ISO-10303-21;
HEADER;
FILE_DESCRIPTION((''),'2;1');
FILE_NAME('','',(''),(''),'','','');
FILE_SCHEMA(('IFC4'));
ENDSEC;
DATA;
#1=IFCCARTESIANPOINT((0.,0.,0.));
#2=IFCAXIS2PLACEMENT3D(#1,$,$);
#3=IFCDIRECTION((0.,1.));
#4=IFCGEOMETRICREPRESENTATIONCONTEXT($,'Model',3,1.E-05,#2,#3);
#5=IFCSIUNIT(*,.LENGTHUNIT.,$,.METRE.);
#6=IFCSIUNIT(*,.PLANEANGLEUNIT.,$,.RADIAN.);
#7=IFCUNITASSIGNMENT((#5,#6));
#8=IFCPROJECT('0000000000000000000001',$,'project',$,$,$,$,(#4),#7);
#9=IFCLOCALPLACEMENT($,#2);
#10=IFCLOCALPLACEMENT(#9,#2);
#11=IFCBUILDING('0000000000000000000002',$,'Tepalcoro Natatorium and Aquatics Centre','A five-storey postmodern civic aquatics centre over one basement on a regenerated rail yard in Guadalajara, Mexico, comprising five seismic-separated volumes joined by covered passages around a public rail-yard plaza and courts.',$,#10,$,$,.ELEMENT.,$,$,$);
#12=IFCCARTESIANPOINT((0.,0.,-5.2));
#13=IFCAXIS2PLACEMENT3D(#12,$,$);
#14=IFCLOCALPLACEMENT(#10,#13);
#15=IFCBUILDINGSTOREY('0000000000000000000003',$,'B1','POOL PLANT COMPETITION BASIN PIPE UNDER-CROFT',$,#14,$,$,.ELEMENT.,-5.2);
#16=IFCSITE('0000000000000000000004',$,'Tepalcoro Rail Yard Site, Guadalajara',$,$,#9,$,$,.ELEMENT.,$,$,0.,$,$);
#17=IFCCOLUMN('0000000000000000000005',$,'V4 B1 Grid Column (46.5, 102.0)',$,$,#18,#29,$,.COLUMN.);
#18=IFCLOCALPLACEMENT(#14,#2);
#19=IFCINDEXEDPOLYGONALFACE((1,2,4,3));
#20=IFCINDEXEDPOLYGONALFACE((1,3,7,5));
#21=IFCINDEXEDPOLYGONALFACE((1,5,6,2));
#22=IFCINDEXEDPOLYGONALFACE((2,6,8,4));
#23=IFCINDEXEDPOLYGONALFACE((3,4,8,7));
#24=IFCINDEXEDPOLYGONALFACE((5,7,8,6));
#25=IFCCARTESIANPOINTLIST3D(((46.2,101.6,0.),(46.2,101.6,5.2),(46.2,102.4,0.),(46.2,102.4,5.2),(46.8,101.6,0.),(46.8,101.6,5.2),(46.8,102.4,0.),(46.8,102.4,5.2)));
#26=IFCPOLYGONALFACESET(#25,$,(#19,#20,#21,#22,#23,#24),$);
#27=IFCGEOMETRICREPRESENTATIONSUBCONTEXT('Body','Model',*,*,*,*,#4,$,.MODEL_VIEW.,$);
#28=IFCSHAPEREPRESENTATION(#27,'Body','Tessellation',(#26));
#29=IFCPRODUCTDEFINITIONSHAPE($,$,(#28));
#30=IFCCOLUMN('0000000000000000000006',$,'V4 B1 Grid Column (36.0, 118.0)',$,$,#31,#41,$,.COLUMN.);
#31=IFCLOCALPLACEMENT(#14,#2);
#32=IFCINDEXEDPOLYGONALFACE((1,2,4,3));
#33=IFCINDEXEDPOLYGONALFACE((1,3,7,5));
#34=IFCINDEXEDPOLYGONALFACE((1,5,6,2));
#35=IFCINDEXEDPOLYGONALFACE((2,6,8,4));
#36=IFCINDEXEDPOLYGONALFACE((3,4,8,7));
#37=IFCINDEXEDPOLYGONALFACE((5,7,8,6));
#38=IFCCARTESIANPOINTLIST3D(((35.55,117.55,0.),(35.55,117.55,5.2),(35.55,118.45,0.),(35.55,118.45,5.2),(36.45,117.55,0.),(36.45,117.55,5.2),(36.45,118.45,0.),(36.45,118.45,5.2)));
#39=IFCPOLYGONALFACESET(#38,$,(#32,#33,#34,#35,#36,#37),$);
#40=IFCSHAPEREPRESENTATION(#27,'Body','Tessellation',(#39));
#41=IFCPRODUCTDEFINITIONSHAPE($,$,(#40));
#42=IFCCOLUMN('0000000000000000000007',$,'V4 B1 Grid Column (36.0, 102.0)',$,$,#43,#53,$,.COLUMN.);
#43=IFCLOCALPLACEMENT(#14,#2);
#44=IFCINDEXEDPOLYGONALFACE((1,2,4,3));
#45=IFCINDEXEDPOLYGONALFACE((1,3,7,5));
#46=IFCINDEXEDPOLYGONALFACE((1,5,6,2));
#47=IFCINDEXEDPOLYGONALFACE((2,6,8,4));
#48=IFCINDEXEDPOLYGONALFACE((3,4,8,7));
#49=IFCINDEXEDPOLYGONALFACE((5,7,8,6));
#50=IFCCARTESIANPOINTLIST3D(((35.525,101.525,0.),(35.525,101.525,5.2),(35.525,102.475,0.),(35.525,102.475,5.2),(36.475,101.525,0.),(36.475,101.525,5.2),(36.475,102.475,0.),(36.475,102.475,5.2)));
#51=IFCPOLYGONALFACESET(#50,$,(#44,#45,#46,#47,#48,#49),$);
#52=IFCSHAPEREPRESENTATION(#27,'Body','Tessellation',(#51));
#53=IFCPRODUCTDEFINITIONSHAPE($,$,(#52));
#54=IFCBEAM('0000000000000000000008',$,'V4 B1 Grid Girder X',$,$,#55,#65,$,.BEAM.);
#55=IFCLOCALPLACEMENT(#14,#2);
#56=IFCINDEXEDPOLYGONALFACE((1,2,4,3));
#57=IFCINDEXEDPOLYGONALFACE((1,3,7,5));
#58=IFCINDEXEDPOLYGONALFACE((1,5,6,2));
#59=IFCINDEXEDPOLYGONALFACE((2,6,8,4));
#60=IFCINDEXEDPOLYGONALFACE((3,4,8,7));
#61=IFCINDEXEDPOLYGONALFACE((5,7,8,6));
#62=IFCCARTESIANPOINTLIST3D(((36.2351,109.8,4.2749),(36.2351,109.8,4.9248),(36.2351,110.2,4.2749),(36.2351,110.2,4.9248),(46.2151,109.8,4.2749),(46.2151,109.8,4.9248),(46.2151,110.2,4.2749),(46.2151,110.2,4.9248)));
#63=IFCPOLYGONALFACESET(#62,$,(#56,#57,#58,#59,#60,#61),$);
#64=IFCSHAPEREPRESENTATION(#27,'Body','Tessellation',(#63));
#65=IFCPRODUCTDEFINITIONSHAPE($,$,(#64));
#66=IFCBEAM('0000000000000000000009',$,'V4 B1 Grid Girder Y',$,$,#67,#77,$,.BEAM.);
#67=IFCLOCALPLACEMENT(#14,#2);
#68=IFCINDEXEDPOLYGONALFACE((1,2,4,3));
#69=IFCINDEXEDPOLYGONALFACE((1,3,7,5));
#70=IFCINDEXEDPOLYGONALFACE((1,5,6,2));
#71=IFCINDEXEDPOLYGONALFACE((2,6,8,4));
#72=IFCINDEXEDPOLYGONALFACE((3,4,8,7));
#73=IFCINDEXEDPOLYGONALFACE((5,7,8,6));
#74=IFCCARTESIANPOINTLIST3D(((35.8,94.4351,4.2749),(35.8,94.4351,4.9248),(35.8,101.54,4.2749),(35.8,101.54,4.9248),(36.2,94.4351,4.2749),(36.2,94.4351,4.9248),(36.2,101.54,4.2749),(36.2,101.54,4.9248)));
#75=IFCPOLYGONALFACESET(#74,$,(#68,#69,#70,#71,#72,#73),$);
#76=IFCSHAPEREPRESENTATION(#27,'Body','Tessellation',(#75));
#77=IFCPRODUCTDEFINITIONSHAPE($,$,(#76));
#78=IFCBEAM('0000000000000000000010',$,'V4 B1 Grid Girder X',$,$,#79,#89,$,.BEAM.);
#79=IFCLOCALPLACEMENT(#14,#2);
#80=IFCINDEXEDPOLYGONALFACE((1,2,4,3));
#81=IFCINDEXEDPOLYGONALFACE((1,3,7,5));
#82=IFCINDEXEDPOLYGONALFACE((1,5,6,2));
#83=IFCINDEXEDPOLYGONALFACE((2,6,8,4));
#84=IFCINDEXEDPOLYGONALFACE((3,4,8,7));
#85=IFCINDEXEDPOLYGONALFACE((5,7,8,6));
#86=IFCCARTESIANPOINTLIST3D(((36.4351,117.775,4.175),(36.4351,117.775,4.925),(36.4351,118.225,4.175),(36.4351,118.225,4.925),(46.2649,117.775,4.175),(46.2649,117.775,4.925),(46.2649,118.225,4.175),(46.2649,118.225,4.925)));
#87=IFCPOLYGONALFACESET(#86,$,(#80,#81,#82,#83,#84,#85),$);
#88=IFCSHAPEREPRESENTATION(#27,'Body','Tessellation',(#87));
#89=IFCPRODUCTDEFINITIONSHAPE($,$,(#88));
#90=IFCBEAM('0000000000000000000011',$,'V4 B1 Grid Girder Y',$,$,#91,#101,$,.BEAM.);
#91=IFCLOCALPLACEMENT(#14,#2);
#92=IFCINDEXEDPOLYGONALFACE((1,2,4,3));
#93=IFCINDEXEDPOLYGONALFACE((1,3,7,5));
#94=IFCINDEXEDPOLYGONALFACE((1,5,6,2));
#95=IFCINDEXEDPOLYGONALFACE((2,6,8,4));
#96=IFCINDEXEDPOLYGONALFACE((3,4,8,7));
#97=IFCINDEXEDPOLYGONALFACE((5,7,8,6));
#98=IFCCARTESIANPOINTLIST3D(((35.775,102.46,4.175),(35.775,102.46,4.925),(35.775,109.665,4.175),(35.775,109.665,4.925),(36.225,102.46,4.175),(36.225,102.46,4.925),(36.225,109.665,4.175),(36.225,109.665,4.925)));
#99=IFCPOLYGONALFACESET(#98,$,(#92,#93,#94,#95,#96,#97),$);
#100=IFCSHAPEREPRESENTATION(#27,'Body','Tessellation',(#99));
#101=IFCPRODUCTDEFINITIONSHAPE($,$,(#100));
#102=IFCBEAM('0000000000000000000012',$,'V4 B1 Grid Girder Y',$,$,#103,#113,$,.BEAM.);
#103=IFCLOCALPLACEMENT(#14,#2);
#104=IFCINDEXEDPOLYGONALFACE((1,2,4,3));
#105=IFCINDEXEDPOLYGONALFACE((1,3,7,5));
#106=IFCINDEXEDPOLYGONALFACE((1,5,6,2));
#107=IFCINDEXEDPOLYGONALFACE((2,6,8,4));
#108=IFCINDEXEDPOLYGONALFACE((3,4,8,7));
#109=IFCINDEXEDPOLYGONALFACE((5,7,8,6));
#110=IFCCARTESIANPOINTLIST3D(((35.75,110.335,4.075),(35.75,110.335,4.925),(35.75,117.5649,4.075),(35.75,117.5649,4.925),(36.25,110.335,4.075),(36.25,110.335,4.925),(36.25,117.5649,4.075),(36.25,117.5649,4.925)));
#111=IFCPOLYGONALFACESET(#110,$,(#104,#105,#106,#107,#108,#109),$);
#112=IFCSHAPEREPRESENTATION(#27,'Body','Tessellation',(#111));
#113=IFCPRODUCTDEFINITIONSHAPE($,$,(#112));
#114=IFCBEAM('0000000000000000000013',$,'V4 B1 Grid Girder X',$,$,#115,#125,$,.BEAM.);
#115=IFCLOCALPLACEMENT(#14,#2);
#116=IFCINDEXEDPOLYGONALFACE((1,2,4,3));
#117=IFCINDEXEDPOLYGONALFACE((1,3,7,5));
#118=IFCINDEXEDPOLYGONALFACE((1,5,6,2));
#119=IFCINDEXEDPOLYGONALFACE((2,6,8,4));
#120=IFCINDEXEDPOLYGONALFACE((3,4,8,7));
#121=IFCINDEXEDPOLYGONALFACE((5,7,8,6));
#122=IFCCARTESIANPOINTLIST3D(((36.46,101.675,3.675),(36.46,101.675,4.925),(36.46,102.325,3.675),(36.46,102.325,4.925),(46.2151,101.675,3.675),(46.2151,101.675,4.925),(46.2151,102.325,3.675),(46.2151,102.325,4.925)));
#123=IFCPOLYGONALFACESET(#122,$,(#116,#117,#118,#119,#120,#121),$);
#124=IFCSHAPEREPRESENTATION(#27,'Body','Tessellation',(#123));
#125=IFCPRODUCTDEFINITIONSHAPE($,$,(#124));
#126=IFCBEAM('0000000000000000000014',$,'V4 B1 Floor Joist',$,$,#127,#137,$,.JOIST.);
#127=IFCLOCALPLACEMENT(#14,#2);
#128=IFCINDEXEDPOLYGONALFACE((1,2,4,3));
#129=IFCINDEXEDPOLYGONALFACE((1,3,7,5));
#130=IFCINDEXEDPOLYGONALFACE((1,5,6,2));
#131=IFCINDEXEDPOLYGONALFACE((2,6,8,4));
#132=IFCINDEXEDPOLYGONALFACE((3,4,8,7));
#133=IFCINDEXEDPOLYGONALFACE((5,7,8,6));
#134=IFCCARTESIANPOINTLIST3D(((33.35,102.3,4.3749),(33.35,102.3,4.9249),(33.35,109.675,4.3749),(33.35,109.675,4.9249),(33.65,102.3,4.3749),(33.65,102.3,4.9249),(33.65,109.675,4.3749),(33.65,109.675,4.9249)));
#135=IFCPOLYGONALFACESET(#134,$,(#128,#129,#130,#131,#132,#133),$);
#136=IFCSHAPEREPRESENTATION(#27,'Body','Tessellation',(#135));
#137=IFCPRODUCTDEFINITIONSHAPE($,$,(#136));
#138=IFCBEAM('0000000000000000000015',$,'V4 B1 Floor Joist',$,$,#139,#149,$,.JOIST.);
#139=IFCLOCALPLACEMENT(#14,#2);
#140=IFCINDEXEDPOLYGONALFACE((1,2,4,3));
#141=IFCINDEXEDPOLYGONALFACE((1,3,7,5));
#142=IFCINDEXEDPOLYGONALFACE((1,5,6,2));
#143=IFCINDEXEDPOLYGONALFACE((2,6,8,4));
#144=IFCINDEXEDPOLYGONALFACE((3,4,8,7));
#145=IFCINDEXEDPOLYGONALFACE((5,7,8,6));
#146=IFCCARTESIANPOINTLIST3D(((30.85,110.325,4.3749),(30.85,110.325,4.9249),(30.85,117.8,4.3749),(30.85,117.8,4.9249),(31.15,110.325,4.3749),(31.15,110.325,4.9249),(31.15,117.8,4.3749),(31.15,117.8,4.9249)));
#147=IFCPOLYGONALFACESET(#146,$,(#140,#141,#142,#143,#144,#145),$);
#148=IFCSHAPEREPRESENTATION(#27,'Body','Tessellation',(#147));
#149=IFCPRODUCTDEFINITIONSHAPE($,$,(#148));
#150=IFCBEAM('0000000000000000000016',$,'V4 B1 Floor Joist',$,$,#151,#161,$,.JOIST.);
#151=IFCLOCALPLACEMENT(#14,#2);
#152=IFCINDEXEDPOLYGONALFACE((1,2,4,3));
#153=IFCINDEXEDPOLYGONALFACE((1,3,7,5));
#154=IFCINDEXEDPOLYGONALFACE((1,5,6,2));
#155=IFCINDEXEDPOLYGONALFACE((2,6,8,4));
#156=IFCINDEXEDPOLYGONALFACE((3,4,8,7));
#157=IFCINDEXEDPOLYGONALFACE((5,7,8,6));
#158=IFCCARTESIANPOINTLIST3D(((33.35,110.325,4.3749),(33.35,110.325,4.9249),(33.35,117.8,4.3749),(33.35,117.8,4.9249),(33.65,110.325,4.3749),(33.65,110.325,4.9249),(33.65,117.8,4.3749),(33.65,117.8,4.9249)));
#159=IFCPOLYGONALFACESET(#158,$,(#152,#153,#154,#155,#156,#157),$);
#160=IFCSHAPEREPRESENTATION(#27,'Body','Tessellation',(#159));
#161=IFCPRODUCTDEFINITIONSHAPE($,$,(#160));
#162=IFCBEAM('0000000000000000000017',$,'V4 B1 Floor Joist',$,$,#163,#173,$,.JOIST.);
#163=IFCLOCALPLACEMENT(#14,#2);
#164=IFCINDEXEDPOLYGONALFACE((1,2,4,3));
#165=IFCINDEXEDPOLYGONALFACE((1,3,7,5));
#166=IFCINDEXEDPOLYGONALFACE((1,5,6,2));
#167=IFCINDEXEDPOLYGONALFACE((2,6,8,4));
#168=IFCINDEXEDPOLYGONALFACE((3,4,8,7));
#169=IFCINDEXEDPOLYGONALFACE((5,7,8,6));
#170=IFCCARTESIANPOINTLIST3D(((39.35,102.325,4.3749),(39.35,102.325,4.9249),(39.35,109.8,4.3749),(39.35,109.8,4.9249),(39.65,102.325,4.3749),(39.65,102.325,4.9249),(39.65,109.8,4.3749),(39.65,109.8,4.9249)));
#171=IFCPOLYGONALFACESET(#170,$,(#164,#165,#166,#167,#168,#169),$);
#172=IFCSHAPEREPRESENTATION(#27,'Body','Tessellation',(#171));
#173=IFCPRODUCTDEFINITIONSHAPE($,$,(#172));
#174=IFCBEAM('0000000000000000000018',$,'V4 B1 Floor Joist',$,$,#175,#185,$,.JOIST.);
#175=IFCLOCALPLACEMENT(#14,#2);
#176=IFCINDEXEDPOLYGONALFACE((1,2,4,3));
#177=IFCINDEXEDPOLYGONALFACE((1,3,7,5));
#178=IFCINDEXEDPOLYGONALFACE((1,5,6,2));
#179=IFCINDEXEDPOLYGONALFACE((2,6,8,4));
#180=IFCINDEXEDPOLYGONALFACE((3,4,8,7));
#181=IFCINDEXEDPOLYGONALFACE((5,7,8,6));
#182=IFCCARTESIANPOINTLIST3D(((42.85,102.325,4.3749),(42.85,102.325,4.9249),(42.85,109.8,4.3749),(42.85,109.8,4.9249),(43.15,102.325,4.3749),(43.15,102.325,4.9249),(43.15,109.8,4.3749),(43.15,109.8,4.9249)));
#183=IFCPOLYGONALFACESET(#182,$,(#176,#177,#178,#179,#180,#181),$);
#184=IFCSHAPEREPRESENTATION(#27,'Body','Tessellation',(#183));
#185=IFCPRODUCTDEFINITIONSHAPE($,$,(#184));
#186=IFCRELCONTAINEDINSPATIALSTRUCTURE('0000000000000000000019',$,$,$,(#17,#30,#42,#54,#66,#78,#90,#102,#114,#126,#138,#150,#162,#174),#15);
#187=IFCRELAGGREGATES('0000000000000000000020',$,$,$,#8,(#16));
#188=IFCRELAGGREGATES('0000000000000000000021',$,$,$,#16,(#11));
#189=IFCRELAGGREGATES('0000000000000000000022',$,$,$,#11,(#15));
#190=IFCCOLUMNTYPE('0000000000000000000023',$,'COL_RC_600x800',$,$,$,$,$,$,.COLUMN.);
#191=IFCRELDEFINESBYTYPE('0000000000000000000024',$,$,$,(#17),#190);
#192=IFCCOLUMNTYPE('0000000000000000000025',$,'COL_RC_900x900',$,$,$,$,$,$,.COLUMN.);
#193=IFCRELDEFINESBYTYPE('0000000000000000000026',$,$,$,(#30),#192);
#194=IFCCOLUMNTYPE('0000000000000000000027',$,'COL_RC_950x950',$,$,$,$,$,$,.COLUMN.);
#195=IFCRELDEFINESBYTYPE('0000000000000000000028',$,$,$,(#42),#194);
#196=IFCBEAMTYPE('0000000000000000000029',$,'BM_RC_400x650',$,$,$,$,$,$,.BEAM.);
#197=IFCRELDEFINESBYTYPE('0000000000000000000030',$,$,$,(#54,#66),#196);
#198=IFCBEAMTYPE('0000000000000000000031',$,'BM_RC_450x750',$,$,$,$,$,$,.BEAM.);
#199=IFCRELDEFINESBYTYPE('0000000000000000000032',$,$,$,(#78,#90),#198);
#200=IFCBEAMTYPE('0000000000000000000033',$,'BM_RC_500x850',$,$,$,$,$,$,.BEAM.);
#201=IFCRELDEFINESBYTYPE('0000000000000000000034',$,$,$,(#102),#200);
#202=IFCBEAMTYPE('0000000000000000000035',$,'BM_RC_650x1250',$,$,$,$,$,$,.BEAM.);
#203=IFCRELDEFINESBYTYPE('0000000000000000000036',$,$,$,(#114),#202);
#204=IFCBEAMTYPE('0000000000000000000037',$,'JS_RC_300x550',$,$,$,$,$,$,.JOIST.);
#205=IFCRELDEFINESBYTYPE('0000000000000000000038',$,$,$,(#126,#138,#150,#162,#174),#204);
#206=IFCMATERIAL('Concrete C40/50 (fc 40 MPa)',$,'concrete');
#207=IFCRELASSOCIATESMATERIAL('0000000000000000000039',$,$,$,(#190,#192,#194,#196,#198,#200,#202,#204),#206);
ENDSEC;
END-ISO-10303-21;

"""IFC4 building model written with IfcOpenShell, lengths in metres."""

from ifc_helpers import new_model, si_unit, direction, frame, origin, origin_2d, place, context, subcontext, project, spatial, rectangle, extrude, material, material_profile, profile_set, type_object, element, save


model = new_model("IFC4")

# Units and contexts
model_context = context("Model", 3, precision=1e-05, world=origin(), true_north=direction((0.0, 1.0)))
body_context = subcontext(model_context, "Body", "Model", "MODEL_VIEW")
ifc_project = project(units=[si_unit("LENGTHUNIT", "METRE"), si_unit("PLANEANGLEUNIT", "RADIAN")], contexts=[model_context])

# Site, building, storey
site_placement = place(None, origin())
site = spatial("IfcSite", under=ifc_project, at=site_placement, Name="Tepalcoro Rail Yard Site, Guadalajara", CompositionType="ELEMENT", RefElevation=0.0)
building_placement = place(site_placement, origin())
building = spatial("IfcBuilding", under=site, at=building_placement, Name="Tepalcoro Natatorium and Aquatics Centre", Description="A five-storey postmodern civic aquatics centre over one basement on a regenerated rail yard in Guadalajara, Mexico, comprising five seismic-separated volumes joined by covered passages around a public rail-yard plaza and courts.", CompositionType="ELEMENT")
storey_placement = place(building_placement, frame((0.0, 0.0, -5.2)))
storey = spatial("IfcBuildingStorey", under=building, at=storey_placement, Name="B1", Description="POOL PLANT COMPETITION BASIN PIPE UNDER-CROFT", CompositionType="ELEMENT", Elevation=-5.2)

# Shared definitions
ifc_material_1 = material(Name="Concrete C40/50 (fc 40 MPa)", Category="concrete")

# Columns
ifc_material_profile_1 = material_profile(ifc_material_1, rectangle(XDim=0.6001, YDim=0.8, at=origin_2d()), Name="RC600x800")
ifc_profile_set_1 = profile_set([ifc_material_profile_1], Name="Concrete C40/50 (fc 40 MPa)")
column_type_1 = type_object("IfcColumnType", Name="COL_RC_600x800", PredefinedType="COLUMN", material=ifc_profile_set_1)
column_1_placement = place(storey_placement, frame((46.5, 102.0, 0.0), z_axis=(0.0, 0.0, 1.0), x_axis=(1.0, 0.0, 0.0)))
element("IfcColumn", 1, at=column_1_placement, inside=storey, type_object=column_type_1, Name="V4 B1 Grid Column (46.5, 102.0)", PredefinedType="COLUMN", context=body_context, shape_type="SweptSolid", body=[
    extrude(rectangle(XDim=0.6001, YDim=0.8, at=origin_2d()), origin(), (0.0, 0.0, 1.0), 5.2),
])
ifc_material_profile_2 = material_profile(ifc_material_1, rectangle(XDim=0.8999, YDim=0.8999, at=origin_2d()), Name="RC900x900")
ifc_profile_set_2 = profile_set([ifc_material_profile_2], Name="Concrete C40/50 (fc 40 MPa)")
column_type_2 = type_object("IfcColumnType", Name="COL_RC_900x900", PredefinedType="COLUMN", material=ifc_profile_set_2)
column_2_placement = place(storey_placement, frame((36.0, 118.0, 0.0), z_axis=(0.0, 0.0, 1.0), x_axis=(1.0, 0.0, 0.0)))
element("IfcColumn", 2, at=column_2_placement, inside=storey, type_object=column_type_2, Name="V4 B1 Grid Column (36.0, 118.0)", PredefinedType="COLUMN", context=body_context, shape_type="SweptSolid", body=[
    extrude(rectangle(XDim=0.8999, YDim=0.8999, at=origin_2d()), origin(), (0.0, 0.0, 1.0), 5.2),
])
ifc_material_profile_3 = material_profile(ifc_material_1, rectangle(XDim=0.95, YDim=0.95, at=origin_2d()), Name="RC950x950")
ifc_profile_set_3 = profile_set([ifc_material_profile_3], Name="Concrete C40/50 (fc 40 MPa)")
column_type_3 = type_object("IfcColumnType", Name="COL_RC_950x950", PredefinedType="COLUMN", material=ifc_profile_set_3)
column_3_placement = place(storey_placement, frame((36.0, 102.0, 0.0), z_axis=(0.0, 0.0, 1.0), x_axis=(1.0, 0.0, 0.0)))
element("IfcColumn", 3, at=column_3_placement, inside=storey, type_object=column_type_3, Name="V4 B1 Grid Column (36.0, 102.0)", PredefinedType="COLUMN", context=body_context, shape_type="SweptSolid", body=[
    extrude(rectangle(XDim=0.95, YDim=0.95, at=origin_2d()), origin(), (0.0, 0.0, 1.0), 5.2),
])

# Beams
ifc_material_profile_4 = material_profile(ifc_material_1, rectangle(XDim=0.3999, YDim=0.6499, at=origin_2d()), Name="RCB400x650")
ifc_profile_set_4 = profile_set([ifc_material_profile_4], Name="Concrete C40/50 (fc 40 MPa)")
beam_type_1 = type_object("IfcBeamType", Name="BM_RC_400x650", PredefinedType="BEAM", material=ifc_profile_set_4)
beam_1_placement = place(storey_placement, frame((36.2351, 110.0, 4.5999), z_axis=(1.0, 0.0, 0.0), x_axis=(0.0, 1.0, 0.0)))
element("IfcBeam", 4, at=beam_1_placement, inside=storey, type_object=beam_type_1, Name="V4 B1 Grid Girder X", PredefinedType="BEAM", context=body_context, shape_type="SweptSolid", body=[
    extrude(rectangle(XDim=0.3999, YDim=0.6499, at=origin_2d()), origin(), (0.0, 0.0, 1.0), 9.98),
])
beam_2_placement = place(storey_placement, frame((36.0, 94.4351, 4.5999), z_axis=(0.0, 1.0, 0.0), x_axis=(-1.0, 0.0, 0.0)))
element("IfcBeam", 5, at=beam_2_placement, inside=storey, type_object=beam_type_1, Name="V4 B1 Grid Girder Y", PredefinedType="BEAM", context=body_context, shape_type="SweptSolid", body=[
    extrude(rectangle(XDim=0.3999, YDim=0.6499, at=origin_2d()), origin(), (0.0, 0.0, 1.0), 7.105),
])
ifc_material_profile_5 = material_profile(ifc_material_1, rectangle(XDim=0.45, YDim=0.75, at=origin_2d()), Name="RCB450x750")
ifc_profile_set_5 = profile_set([ifc_material_profile_5], Name="Concrete C40/50 (fc 40 MPa)")
beam_type_2 = type_object("IfcBeamType", Name="BM_RC_450x750", PredefinedType="BEAM", material=ifc_profile_set_5)
beam_3_placement = place(storey_placement, frame((36.4351, 118.0, 4.55), z_axis=(1.0, 0.0, 0.0), x_axis=(0.0, 1.0, 0.0)))
element("IfcBeam", 6, at=beam_3_placement, inside=storey, type_object=beam_type_2, Name="V4 B1 Grid Girder X", PredefinedType="BEAM", context=body_context, shape_type="SweptSolid", body=[
    extrude(rectangle(XDim=0.45, YDim=0.75, at=origin_2d()), origin(), (0.0, 0.0, 1.0), 9.8298),
])
beam_4_placement = place(storey_placement, frame((36.0, 102.46, 4.55), z_axis=(0.0, 1.0, 0.0), x_axis=(-1.0, 0.0, 0.0)))
element("IfcBeam", 7, at=beam_4_placement, inside=storey, type_object=beam_type_2, Name="V4 B1 Grid Girder Y", PredefinedType="BEAM", context=body_context, shape_type="SweptSolid", body=[
    extrude(rectangle(XDim=0.45, YDim=0.75, at=origin_2d()), origin(), (0.0, 0.0, 1.0), 7.2051),
])
ifc_material_profile_6 = material_profile(ifc_material_1, rectangle(XDim=0.5, YDim=0.8501, at=origin_2d()), Name="RCB500x850")
ifc_profile_set_6 = profile_set([ifc_material_profile_6], Name="Concrete C40/50 (fc 40 MPa)")
beam_type_3 = type_object("IfcBeamType", Name="BM_RC_500x850", PredefinedType="BEAM", material=ifc_profile_set_6)
beam_5_placement = place(storey_placement, frame((36.0, 110.335, 4.5), z_axis=(0.0, 1.0, 0.0), x_axis=(-1.0, 0.0, 0.0)))
element("IfcBeam", 8, at=beam_5_placement, inside=storey, type_object=beam_type_3, Name="V4 B1 Grid Girder Y", PredefinedType="BEAM", context=body_context, shape_type="SweptSolid", body=[
    extrude(rectangle(XDim=0.5, YDim=0.8501, at=origin_2d()), origin(), (0.0, 0.0, 1.0), 7.23),
])
ifc_material_profile_7 = material_profile(ifc_material_1, rectangle(XDim=0.6499, YDim=1.25, at=origin_2d()), Name="RCB650x1250")
ifc_profile_set_7 = profile_set([ifc_material_profile_7], Name="Concrete C40/50 (fc 40 MPa)")
beam_type_4 = type_object("IfcBeamType", Name="BM_RC_650x1250", PredefinedType="BEAM", material=ifc_profile_set_7)
beam_6_placement = place(storey_placement, frame((36.46, 102.0, 4.3), z_axis=(1.0, 0.0, 0.0), x_axis=(0.0, 1.0, 0.0)))
element("IfcBeam", 9, at=beam_6_placement, inside=storey, type_object=beam_type_4, Name="V4 B1 Grid Girder X", PredefinedType="BEAM", context=body_context, shape_type="SweptSolid", body=[
    extrude(rectangle(XDim=0.6499, YDim=1.25, at=origin_2d()), origin(), (0.0, 0.0, 1.0), 9.7551),
])
ifc_material_profile_8 = material_profile(ifc_material_1, rectangle(XDim=0.3, YDim=0.55, at=origin_2d()), Name="RCJ300x550")
ifc_profile_set_8 = profile_set([ifc_material_profile_8], Name="Concrete C40/50 (fc 40 MPa)")
beam_type_5 = type_object("IfcBeamType", Name="JS_RC_300x550", PredefinedType="JOIST", material=ifc_profile_set_8)
beam_7_placement = place(storey_placement, frame((33.5, 102.3, 4.6499), z_axis=(0.0, 1.0, 0.0), x_axis=(-1.0, 0.0, 0.0)))
element("IfcBeam", 10, at=beam_7_placement, inside=storey, type_object=beam_type_5, Name="V4 B1 Floor Joist", PredefinedType="JOIST", context=body_context, shape_type="SweptSolid", body=[
    extrude(rectangle(XDim=0.3, YDim=0.55, at=origin_2d()), origin(), (0.0, 0.0, 1.0), 7.375),
])
for number, where, z_axis, x_axis, name in (
    (11, (31.0, 110.325, 4.6499), (0.0, 1.0, 0.0), (-1.0, 0.0, 0.0), "V4 B1 Floor Joist"),
    (12, (33.5, 110.325, 4.6499), (0.0, 1.0, 0.0), (-1.0, 0.0, 0.0), "V4 B1 Floor Joist"),
    (13, (39.5, 102.325, 4.6499), (0.0, 1.0, 0.0), (-1.0, 0.0, 0.0), "V4 B1 Floor Joist"),
    (14, (43.0, 102.325, 4.6499), (0.0, 1.0, 0.0), (-1.0, 0.0, 0.0), "V4 B1 Floor Joist"),
):
    element("IfcBeam", number, at=place(storey_placement, frame(where, z_axis=z_axis, x_axis=x_axis)), inside=storey, type_object=beam_type_5, Name=name, PredefinedType="JOIST", context=body_context, shape_type="SweptSolid", body=[
        extrude(rectangle(XDim=0.3, YDim=0.55, at=origin_2d()), origin(), (0.0, 0.0, 1.0), 7.4751),
    ])

save(model, "model.ifc")
